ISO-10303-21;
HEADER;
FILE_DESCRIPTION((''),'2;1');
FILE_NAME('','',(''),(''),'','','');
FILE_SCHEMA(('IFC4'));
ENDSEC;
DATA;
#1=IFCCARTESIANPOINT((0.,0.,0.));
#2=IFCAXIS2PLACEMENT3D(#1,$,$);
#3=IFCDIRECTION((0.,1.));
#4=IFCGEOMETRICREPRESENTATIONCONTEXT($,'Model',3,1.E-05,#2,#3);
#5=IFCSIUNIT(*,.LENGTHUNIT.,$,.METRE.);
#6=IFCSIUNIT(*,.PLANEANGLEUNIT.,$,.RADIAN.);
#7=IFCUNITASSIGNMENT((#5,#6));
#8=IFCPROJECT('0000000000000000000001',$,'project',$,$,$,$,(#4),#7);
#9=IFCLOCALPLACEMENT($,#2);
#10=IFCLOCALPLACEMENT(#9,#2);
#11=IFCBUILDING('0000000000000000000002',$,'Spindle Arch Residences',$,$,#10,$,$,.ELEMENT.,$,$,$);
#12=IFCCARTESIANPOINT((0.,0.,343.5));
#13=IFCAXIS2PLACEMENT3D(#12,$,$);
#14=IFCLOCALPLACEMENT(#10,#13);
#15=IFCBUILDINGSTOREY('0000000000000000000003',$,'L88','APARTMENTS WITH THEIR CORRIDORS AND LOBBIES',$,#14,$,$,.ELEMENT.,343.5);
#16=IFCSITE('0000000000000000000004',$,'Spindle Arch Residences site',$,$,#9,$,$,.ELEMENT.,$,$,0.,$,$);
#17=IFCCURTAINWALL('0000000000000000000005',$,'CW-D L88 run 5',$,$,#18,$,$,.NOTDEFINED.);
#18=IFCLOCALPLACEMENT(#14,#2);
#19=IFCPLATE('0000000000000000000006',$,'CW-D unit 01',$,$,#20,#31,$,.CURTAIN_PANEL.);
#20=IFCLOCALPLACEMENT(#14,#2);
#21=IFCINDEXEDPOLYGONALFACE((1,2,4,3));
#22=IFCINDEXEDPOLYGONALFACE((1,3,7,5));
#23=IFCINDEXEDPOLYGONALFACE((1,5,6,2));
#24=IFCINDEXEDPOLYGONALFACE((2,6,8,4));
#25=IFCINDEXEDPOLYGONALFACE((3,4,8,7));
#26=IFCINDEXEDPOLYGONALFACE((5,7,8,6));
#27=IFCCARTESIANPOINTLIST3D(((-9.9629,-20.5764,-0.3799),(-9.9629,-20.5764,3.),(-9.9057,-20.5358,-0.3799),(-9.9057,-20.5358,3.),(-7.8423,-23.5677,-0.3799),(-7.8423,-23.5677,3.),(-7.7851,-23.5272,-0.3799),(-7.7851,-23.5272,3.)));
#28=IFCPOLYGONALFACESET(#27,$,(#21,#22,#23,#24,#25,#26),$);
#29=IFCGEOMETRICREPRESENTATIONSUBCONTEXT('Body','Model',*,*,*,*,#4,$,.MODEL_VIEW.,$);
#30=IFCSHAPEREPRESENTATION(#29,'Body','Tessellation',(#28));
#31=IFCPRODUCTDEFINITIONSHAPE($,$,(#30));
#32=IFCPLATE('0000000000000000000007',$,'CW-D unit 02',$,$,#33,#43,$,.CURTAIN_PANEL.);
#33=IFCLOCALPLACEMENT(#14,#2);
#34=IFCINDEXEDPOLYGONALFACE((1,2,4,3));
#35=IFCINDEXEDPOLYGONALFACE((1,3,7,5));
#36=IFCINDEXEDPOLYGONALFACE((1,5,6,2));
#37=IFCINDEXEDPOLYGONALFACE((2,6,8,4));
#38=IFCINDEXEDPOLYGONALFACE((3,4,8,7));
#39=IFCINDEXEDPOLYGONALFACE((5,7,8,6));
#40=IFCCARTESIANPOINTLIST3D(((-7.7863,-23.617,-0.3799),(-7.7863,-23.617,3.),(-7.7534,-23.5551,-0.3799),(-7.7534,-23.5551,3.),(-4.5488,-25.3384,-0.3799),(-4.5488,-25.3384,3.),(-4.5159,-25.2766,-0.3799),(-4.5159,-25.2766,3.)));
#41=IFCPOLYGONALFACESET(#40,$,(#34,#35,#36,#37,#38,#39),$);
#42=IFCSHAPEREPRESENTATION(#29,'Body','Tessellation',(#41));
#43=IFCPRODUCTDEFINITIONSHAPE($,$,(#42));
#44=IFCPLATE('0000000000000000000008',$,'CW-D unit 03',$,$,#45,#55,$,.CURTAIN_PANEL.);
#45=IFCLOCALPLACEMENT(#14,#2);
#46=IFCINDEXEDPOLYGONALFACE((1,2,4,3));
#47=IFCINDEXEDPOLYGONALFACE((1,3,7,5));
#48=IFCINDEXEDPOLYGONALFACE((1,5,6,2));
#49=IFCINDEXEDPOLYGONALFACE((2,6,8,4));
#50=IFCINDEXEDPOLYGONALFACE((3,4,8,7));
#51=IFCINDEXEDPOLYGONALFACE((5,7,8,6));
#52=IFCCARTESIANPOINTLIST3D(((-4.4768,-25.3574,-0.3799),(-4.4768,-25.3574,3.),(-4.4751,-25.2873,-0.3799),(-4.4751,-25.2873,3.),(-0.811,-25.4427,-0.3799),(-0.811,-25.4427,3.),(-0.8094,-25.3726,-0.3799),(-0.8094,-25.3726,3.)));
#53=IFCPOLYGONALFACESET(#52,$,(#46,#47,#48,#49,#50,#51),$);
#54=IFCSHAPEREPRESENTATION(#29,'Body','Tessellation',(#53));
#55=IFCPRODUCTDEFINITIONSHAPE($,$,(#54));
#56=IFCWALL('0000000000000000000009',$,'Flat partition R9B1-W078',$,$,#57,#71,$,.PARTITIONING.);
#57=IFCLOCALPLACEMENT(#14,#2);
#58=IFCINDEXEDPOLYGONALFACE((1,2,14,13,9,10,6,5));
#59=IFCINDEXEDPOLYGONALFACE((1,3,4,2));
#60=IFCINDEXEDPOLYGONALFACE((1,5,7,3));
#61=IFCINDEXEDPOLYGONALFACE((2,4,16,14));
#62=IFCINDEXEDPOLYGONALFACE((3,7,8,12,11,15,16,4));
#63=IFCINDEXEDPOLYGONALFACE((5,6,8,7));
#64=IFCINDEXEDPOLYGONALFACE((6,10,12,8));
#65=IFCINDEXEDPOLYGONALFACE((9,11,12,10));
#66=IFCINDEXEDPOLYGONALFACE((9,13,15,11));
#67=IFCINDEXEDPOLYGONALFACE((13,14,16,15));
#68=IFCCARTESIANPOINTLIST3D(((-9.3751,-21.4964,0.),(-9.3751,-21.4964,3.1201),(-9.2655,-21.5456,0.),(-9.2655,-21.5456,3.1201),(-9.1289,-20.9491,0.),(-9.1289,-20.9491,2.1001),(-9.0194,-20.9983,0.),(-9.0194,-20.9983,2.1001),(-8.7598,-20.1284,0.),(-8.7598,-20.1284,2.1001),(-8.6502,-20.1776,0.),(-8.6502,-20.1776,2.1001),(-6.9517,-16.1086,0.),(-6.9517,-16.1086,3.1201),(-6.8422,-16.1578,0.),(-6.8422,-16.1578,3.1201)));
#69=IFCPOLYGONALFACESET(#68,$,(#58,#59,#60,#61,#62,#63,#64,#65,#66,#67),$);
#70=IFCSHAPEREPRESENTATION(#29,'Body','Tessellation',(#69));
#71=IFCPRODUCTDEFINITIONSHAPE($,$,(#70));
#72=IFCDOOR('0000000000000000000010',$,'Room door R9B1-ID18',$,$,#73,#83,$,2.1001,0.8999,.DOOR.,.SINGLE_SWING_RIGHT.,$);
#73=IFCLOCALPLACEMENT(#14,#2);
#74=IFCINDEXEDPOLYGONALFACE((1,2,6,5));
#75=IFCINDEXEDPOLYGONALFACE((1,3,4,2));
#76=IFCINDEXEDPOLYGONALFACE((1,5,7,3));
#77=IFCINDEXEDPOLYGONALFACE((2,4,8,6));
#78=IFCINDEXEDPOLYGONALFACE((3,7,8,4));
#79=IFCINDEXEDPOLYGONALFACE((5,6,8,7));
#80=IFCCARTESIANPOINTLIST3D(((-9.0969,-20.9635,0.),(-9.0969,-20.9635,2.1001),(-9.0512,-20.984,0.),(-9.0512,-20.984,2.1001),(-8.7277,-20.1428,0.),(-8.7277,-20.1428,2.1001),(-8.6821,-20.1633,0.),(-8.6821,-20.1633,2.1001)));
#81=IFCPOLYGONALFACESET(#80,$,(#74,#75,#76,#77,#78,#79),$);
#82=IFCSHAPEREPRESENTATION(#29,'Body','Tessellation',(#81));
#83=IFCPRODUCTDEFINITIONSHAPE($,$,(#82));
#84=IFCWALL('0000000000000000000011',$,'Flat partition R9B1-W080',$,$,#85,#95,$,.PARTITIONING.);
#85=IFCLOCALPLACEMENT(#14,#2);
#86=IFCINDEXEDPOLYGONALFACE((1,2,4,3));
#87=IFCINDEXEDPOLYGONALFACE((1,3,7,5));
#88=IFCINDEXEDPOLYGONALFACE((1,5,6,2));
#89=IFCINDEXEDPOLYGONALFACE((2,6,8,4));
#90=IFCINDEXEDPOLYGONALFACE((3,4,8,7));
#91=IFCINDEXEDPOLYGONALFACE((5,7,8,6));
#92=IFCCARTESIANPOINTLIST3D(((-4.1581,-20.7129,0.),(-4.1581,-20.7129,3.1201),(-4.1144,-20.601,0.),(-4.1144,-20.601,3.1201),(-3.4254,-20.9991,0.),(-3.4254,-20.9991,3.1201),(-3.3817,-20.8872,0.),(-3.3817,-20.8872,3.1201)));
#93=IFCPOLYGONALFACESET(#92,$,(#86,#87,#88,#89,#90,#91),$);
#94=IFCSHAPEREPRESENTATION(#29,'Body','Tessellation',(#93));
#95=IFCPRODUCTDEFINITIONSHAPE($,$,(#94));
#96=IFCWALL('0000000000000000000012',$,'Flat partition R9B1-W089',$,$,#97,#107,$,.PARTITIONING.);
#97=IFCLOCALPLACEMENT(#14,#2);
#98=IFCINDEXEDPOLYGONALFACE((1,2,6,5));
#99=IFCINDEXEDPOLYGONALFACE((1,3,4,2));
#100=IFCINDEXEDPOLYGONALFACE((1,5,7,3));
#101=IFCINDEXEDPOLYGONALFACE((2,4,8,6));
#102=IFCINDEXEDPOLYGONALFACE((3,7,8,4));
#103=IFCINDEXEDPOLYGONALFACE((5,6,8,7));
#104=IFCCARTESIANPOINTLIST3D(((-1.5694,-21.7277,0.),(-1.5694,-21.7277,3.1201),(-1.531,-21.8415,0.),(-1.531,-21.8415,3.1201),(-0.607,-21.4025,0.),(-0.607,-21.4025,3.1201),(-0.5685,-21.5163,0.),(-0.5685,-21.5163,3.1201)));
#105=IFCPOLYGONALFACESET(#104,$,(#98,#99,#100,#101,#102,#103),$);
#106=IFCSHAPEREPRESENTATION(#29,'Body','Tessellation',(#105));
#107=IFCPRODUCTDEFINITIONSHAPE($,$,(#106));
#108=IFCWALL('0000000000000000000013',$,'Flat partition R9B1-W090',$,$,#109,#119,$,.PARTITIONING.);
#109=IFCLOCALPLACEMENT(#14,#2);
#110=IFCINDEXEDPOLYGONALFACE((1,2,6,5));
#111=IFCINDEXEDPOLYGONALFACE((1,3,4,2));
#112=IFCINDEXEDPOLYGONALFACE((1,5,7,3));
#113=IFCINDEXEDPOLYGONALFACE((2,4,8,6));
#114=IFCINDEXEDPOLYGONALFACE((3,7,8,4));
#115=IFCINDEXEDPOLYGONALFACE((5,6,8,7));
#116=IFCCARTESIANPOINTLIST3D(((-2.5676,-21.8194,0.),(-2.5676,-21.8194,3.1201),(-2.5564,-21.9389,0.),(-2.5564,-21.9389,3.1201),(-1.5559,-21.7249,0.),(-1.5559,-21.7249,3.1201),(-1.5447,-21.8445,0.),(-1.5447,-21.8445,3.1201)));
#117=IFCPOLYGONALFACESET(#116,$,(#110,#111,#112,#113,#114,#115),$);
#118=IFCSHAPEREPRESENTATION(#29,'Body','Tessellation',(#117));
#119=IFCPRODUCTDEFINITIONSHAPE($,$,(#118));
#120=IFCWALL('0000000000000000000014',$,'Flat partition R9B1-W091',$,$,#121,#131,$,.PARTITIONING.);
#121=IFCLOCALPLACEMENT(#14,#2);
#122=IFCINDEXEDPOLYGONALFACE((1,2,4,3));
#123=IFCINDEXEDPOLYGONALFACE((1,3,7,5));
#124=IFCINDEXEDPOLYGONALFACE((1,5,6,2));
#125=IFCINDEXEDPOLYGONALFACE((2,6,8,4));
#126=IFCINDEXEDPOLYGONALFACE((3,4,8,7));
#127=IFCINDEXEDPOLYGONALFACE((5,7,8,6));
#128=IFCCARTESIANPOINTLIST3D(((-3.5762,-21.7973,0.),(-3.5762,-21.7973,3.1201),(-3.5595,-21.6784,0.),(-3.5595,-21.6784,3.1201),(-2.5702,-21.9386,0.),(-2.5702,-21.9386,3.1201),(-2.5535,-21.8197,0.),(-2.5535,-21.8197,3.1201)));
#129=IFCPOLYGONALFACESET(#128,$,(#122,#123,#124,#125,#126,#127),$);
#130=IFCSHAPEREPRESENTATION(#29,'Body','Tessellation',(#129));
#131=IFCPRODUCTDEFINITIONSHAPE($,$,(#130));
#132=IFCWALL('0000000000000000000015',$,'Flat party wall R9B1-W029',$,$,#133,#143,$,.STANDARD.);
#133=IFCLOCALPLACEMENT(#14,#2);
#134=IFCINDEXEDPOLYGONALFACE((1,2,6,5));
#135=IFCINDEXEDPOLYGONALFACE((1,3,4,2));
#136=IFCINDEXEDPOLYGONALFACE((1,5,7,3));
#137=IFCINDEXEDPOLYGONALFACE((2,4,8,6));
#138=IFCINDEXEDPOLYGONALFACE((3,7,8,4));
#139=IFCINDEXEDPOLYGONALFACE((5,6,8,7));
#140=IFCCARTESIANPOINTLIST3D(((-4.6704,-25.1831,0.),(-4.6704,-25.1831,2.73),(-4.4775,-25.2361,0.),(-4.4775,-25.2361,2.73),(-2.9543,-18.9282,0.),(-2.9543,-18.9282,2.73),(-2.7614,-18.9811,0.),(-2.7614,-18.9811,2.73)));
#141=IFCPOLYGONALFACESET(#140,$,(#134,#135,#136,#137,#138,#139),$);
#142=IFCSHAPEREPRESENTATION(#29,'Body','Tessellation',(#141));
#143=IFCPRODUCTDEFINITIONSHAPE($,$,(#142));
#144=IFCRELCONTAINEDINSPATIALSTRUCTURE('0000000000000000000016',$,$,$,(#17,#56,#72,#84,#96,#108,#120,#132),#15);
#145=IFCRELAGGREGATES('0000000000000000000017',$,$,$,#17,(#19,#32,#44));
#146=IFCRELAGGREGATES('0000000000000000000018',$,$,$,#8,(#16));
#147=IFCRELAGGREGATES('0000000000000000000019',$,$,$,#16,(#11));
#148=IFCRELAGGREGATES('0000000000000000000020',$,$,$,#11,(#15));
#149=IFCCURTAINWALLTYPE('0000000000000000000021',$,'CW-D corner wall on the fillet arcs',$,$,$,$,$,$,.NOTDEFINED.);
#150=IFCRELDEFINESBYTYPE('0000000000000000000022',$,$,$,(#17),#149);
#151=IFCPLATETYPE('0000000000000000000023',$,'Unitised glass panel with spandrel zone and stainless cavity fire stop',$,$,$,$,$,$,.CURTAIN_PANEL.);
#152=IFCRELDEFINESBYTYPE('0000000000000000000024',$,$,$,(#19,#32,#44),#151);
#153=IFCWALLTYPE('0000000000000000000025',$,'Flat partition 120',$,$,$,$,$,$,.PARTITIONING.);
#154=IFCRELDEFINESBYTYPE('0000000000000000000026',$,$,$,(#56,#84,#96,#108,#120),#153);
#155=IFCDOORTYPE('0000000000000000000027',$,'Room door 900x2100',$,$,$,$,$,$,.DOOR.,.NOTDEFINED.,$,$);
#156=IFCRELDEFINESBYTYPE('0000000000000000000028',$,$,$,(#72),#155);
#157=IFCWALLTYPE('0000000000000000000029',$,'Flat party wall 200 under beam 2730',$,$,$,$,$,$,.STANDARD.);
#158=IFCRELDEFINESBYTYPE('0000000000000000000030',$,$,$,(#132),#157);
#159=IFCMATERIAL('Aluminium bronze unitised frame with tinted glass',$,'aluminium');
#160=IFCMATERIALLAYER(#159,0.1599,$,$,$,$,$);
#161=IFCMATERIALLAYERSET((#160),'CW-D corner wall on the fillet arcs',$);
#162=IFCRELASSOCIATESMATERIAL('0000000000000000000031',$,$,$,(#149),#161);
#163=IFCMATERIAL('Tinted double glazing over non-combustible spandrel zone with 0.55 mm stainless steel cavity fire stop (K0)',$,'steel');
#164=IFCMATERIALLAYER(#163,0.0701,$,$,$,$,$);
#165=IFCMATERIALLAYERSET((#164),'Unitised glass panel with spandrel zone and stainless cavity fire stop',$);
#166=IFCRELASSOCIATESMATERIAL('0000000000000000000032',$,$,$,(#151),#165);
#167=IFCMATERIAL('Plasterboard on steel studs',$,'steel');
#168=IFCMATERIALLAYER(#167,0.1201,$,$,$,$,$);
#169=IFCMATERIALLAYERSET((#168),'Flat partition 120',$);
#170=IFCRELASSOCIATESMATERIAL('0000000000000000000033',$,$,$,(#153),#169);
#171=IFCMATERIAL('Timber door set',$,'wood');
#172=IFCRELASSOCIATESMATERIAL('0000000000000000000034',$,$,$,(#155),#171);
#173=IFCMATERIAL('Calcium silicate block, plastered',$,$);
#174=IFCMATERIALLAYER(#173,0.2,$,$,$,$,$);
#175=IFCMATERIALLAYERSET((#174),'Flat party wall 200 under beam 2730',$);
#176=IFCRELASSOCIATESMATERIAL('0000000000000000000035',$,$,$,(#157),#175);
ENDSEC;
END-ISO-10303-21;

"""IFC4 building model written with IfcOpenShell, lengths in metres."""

from ifc_helpers import new_model, si_unit, direction, frame, frame_2d, origin, origin_2d, place, context, subcontext, project, spatial, rectangle, extrude, material, layer, layer_set, type_object, element, fill, aggregate, save


model = new_model("IFC4")

# Units and contexts
model_context = context("Model", 3, precision=1e-05, world=origin(), true_north=direction((0.0, 1.0)))
body_context = subcontext(model_context, "Body", "Model", "MODEL_VIEW")
ifc_project = project(units=[si_unit("LENGTHUNIT", "METRE"), si_unit("PLANEANGLEUNIT", "RADIAN")], contexts=[model_context])

# Site, building, storey
site_placement = place(None, origin())
site = spatial("IfcSite", under=ifc_project, at=site_placement, Name="Spindle Arch Residences site", CompositionType="ELEMENT", RefElevation=0.0)
building_placement = place(site_placement, origin())
building = spatial("IfcBuilding", under=site, at=building_placement, Name="Spindle Arch Residences", CompositionType="ELEMENT")
storey_placement = place(building_placement, frame((0.0, 0.0, 343.5)))
storey = spatial("IfcBuildingStorey", under=building, at=storey_placement, Name="L88", Description="APARTMENTS WITH THEIR CORRIDORS AND LOBBIES", CompositionType="ELEMENT", Elevation=343.5)

# Curtain wall
ifc_material_1 = material(Name="Aluminium bronze unitised frame with tinted glass", Category="aluminium")
ifc_layer_1 = layer(ifc_material_1, 0.1599)
ifc_layer_set_1 = layer_set([ifc_layer_1], Name="CW-D corner wall on the fillet arcs")
curtain_wall_type = type_object("IfcCurtainWallType", Name="CW-D corner wall on the fillet arcs", PredefinedType="NOTDEFINED", material=ifc_layer_set_1)
curtain_wall_placement = place(storey_placement, origin())
curtain_wall = element("IfcCurtainWall", 1, at=curtain_wall_placement, inside=storey, type_object=curtain_wall_type, Name="CW-D L88 run 5", PredefinedType="NOTDEFINED")

# Plates
ifc_material_2 = material(Name="Tinted double glazing over non-combustible spandrel zone with 0.55 mm stainless steel cavity fire stop (K0)", Category="steel")
ifc_layer_2 = layer(ifc_material_2, 0.0701)
ifc_layer_set_2 = layer_set([ifc_layer_2], Name="Unitised glass panel with spandrel zone and stainless cavity fire stop")
plate_type = type_object("IfcPlateType", Name="Unitised glass panel with spandrel zone and stainless cavity fire stop", PredefinedType="CURTAIN_PANEL", material=ifc_layer_set_2)
plate_1_placement = place(storey_placement, frame((-8.874, -22.0518, -0.3799), z_axis=(0.0, 0.0, 1.0), x_axis=(0.578332, -0.815801, 0.0)))
plate_1 = element("IfcPlate", 2, at=plate_1_placement, type_object=plate_type, Name="CW-D unit 01", PredefinedType="CURTAIN_PANEL", context=body_context, shape_type="SweptSolid", body=[
    extrude(rectangle(XDim=3.6667, YDim=0.0701, at=origin_2d()), origin(), (0.0, 0.0, 1.0), 3.3799),
])
plate_2_placement = place(storey_placement, frame((-6.1511, -24.4468, -0.3799), z_axis=(0.0, 0.0, 1.0), x_axis=(0.882948, -0.469472, 0.0)))
plate_2 = element("IfcPlate", 3, at=plate_2_placement, type_object=plate_type, Name="CW-D unit 02", PredefinedType="CURTAIN_PANEL", context=body_context, shape_type="SweptSolid", body=[
    extrude(rectangle(XDim=3.6667, YDim=0.0701, at=origin_2d()), origin(), (0.0, 0.0, 1.0), 3.3799),
])
plate_3_placement = place(storey_placement, frame((-2.6431, -25.365, -0.3799), z_axis=(0.0, 0.0, 1.0), x_axis=(0.999729, -0.023269, 0.0)))
plate_3 = element("IfcPlate", 4, at=plate_3_placement, type_object=plate_type, Name="CW-D unit 03", PredefinedType="CURTAIN_PANEL", context=body_context, shape_type="SweptSolid", body=[
    extrude(rectangle(XDim=3.6667, YDim=0.0701, at=origin_2d()), origin(), (0.0, 0.0, 1.0), 3.3799),
])
aggregate(curtain_wall, [plate_1, plate_2, plate_3])

# Wall, opening, door
ifc_material_3 = material(Name="Plasterboard on steel studs", Category="steel")
ifc_layer_3 = layer(ifc_material_3, 0.1201)
ifc_layer_set_3 = layer_set([ifc_layer_3], Name="Flat partition 120")
wall_type_1 = type_object("IfcWallType", Name="Flat partition 120", PredefinedType="PARTITIONING", material=ifc_layer_set_3)
wall_1_placement = place(storey_placement, frame((-9.3203, -21.521, 0.0), z_axis=(0.0, 0.0, 1.0), x_axis=(0.410207, 0.911993, 0.0)))
wall_1 = element("IfcWall", 5, at=wall_1_placement, inside=storey, type_object=wall_type_1, Name="Flat partition R9B1-W078", PredefinedType="PARTITIONING", context=body_context, shape_type="SweptSolid", body=[
    extrude(rectangle(XDim=5.9077, YDim=0.1201, at=frame_2d((2.9539, 0.0))), origin(), (0.0, 0.0, 1.0), 3.1201),
])
opening_placement = place(wall_1_placement, frame((0.6001, 0.0, 0.0)))
opening = element("IfcOpeningElement", 6, at=opening_placement, cuts=wall_1, PredefinedType="OPENING", context=body_context, shape_type="SweptSolid", body=[
    extrude(rectangle(XDim=0.8999, YDim=2.1001, at=frame_2d((0.45, 1.05))), frame((0.0, 0.0701, 0.0), z_axis=(0.0, -1.0, 0.0), x_axis=(1.0, 0.0, 0.0)), (0.0, 0.0, 1.0), 0.1401),
])
ifc_material_4 = material(Name="Timber door set", Category="wood")
door_type = type_object("IfcDoorType", Name="Room door 900x2100", OperationType="NOTDEFINED", PredefinedType="DOOR", material=ifc_material_4)
door_placement = place(opening_placement, origin())
door = element("IfcDoor", 7, at=door_placement, inside=storey, type_object=door_type, Name="Room door R9B1-ID18", OperationType="SINGLE_SWING_RIGHT", OverallHeight=2.1001, OverallWidth=0.8999, PredefinedType="DOOR", context=body_context, shape_type="SweptSolid", body=[
    extrude(rectangle(XDim=0.8999, YDim=2.1001, at=frame_2d((0.45, 1.05))), frame((0.0, 0.0249, 0.0), z_axis=(0.0, -1.0, 0.0), x_axis=(1.0, 0.0, 0.0)), (0.0, 0.0, 1.0), 0.05),
])
fill(opening, door)

# Walls
wall_2_placement = place(storey_placement, frame((-3.4036, -20.9431, 0.0), z_axis=(0.0, 0.0, 1.0), x_axis=(-0.931485, 0.363779, 0.0)))
element("IfcWall", 8, at=wall_2_placement, inside=storey, type_object=wall_type_1, Name="Flat partition R9B1-W080", PredefinedType="PARTITIONING", context=body_context, shape_type="SweptSolid", body=[
    extrude(rectangle(XDim=0.7866, YDim=0.1201, at=frame_2d((0.3933, 0.0))), origin(), (0.0, 0.0, 1.0), 3.1201),
])
wall_3_placement = place(storey_placement, frame((-0.5879, -21.4595, 0.0), z_axis=(0.0, 0.0, 1.0), x_axis=(-0.947378, -0.320118, 0.0)))
element("IfcWall", 9, at=wall_3_placement, inside=storey, type_object=wall_type_1, Name="Flat partition R9B1-W089", PredefinedType="PARTITIONING", context=body_context, shape_type="SweptSolid", body=[
    extrude(rectangle(XDim=1.0159, YDim=0.1201, at=frame_2d((0.5078, 0.0))), origin(), (0.0, 0.0, 1.0), 3.1201),
])
wall_4_placement = place(storey_placement, frame((-1.5503, -21.7847, 0.0), z_axis=(0.0, 0.0, 1.0), x_axis=(-0.995668, -0.092983, 0.0)))
element("IfcWall", 10, at=wall_4_placement, inside=storey, type_object=wall_type_1, Name="Flat partition R9B1-W090", PredefinedType="PARTITIONING", context=body_context, shape_type="SweptSolid", body=[
    extrude(rectangle(XDim=1.0161, YDim=0.1201, at=frame_2d((0.5081, 0.0))), origin(), (0.0, 0.0, 1.0), 3.1201),
])
wall_5_placement = place(storey_placement, frame((-2.562, -21.8792, 0.0), z_axis=(0.0, 0.0, 1.0), x_axis=(-0.990274, 0.139133, 0.0)))
element("IfcWall", 11, at=wall_5_placement, inside=storey, type_object=wall_type_1, Name="Flat partition R9B1-W091", PredefinedType="PARTITIONING", context=body_context, shape_type="SweptSolid", body=[
    extrude(rectangle(XDim=1.0159, YDim=0.1201, at=frame_2d((0.5078, 0.0))), origin(), (0.0, 0.0, 1.0), 3.1201),
])
ifc_material_5 = material(Name="Calcium silicate block, plastered")
ifc_layer_4 = layer(ifc_material_5, 0.2)
ifc_layer_set_4 = layer_set([ifc_layer_4], Name="Flat party wall 200 under beam 2730")
wall_type_2 = type_object("IfcWallType", Name="Flat party wall 200 under beam 2730", PredefinedType="STANDARD", material=ifc_layer_set_4)
wall_6_placement = place(storey_placement, frame((-4.574, -25.2097, 0.0), z_axis=(0.0, 0.0, 1.0), x_axis=(0.264579, 0.964364, 0.0)))
element("IfcWall", 12, at=wall_6_placement, inside=storey, type_object=wall_type_2, Name="Flat party wall R9B1-W029", PredefinedType="STANDARD", context=body_context, shape_type="SweptSolid", body=[
    extrude(rectangle(XDim=6.4861, YDim=0.2, at=frame_2d((3.2432, 0.0))), origin(), (0.0, 0.0, 1.0), 2.73),
])

save(model, "model.ifc")
